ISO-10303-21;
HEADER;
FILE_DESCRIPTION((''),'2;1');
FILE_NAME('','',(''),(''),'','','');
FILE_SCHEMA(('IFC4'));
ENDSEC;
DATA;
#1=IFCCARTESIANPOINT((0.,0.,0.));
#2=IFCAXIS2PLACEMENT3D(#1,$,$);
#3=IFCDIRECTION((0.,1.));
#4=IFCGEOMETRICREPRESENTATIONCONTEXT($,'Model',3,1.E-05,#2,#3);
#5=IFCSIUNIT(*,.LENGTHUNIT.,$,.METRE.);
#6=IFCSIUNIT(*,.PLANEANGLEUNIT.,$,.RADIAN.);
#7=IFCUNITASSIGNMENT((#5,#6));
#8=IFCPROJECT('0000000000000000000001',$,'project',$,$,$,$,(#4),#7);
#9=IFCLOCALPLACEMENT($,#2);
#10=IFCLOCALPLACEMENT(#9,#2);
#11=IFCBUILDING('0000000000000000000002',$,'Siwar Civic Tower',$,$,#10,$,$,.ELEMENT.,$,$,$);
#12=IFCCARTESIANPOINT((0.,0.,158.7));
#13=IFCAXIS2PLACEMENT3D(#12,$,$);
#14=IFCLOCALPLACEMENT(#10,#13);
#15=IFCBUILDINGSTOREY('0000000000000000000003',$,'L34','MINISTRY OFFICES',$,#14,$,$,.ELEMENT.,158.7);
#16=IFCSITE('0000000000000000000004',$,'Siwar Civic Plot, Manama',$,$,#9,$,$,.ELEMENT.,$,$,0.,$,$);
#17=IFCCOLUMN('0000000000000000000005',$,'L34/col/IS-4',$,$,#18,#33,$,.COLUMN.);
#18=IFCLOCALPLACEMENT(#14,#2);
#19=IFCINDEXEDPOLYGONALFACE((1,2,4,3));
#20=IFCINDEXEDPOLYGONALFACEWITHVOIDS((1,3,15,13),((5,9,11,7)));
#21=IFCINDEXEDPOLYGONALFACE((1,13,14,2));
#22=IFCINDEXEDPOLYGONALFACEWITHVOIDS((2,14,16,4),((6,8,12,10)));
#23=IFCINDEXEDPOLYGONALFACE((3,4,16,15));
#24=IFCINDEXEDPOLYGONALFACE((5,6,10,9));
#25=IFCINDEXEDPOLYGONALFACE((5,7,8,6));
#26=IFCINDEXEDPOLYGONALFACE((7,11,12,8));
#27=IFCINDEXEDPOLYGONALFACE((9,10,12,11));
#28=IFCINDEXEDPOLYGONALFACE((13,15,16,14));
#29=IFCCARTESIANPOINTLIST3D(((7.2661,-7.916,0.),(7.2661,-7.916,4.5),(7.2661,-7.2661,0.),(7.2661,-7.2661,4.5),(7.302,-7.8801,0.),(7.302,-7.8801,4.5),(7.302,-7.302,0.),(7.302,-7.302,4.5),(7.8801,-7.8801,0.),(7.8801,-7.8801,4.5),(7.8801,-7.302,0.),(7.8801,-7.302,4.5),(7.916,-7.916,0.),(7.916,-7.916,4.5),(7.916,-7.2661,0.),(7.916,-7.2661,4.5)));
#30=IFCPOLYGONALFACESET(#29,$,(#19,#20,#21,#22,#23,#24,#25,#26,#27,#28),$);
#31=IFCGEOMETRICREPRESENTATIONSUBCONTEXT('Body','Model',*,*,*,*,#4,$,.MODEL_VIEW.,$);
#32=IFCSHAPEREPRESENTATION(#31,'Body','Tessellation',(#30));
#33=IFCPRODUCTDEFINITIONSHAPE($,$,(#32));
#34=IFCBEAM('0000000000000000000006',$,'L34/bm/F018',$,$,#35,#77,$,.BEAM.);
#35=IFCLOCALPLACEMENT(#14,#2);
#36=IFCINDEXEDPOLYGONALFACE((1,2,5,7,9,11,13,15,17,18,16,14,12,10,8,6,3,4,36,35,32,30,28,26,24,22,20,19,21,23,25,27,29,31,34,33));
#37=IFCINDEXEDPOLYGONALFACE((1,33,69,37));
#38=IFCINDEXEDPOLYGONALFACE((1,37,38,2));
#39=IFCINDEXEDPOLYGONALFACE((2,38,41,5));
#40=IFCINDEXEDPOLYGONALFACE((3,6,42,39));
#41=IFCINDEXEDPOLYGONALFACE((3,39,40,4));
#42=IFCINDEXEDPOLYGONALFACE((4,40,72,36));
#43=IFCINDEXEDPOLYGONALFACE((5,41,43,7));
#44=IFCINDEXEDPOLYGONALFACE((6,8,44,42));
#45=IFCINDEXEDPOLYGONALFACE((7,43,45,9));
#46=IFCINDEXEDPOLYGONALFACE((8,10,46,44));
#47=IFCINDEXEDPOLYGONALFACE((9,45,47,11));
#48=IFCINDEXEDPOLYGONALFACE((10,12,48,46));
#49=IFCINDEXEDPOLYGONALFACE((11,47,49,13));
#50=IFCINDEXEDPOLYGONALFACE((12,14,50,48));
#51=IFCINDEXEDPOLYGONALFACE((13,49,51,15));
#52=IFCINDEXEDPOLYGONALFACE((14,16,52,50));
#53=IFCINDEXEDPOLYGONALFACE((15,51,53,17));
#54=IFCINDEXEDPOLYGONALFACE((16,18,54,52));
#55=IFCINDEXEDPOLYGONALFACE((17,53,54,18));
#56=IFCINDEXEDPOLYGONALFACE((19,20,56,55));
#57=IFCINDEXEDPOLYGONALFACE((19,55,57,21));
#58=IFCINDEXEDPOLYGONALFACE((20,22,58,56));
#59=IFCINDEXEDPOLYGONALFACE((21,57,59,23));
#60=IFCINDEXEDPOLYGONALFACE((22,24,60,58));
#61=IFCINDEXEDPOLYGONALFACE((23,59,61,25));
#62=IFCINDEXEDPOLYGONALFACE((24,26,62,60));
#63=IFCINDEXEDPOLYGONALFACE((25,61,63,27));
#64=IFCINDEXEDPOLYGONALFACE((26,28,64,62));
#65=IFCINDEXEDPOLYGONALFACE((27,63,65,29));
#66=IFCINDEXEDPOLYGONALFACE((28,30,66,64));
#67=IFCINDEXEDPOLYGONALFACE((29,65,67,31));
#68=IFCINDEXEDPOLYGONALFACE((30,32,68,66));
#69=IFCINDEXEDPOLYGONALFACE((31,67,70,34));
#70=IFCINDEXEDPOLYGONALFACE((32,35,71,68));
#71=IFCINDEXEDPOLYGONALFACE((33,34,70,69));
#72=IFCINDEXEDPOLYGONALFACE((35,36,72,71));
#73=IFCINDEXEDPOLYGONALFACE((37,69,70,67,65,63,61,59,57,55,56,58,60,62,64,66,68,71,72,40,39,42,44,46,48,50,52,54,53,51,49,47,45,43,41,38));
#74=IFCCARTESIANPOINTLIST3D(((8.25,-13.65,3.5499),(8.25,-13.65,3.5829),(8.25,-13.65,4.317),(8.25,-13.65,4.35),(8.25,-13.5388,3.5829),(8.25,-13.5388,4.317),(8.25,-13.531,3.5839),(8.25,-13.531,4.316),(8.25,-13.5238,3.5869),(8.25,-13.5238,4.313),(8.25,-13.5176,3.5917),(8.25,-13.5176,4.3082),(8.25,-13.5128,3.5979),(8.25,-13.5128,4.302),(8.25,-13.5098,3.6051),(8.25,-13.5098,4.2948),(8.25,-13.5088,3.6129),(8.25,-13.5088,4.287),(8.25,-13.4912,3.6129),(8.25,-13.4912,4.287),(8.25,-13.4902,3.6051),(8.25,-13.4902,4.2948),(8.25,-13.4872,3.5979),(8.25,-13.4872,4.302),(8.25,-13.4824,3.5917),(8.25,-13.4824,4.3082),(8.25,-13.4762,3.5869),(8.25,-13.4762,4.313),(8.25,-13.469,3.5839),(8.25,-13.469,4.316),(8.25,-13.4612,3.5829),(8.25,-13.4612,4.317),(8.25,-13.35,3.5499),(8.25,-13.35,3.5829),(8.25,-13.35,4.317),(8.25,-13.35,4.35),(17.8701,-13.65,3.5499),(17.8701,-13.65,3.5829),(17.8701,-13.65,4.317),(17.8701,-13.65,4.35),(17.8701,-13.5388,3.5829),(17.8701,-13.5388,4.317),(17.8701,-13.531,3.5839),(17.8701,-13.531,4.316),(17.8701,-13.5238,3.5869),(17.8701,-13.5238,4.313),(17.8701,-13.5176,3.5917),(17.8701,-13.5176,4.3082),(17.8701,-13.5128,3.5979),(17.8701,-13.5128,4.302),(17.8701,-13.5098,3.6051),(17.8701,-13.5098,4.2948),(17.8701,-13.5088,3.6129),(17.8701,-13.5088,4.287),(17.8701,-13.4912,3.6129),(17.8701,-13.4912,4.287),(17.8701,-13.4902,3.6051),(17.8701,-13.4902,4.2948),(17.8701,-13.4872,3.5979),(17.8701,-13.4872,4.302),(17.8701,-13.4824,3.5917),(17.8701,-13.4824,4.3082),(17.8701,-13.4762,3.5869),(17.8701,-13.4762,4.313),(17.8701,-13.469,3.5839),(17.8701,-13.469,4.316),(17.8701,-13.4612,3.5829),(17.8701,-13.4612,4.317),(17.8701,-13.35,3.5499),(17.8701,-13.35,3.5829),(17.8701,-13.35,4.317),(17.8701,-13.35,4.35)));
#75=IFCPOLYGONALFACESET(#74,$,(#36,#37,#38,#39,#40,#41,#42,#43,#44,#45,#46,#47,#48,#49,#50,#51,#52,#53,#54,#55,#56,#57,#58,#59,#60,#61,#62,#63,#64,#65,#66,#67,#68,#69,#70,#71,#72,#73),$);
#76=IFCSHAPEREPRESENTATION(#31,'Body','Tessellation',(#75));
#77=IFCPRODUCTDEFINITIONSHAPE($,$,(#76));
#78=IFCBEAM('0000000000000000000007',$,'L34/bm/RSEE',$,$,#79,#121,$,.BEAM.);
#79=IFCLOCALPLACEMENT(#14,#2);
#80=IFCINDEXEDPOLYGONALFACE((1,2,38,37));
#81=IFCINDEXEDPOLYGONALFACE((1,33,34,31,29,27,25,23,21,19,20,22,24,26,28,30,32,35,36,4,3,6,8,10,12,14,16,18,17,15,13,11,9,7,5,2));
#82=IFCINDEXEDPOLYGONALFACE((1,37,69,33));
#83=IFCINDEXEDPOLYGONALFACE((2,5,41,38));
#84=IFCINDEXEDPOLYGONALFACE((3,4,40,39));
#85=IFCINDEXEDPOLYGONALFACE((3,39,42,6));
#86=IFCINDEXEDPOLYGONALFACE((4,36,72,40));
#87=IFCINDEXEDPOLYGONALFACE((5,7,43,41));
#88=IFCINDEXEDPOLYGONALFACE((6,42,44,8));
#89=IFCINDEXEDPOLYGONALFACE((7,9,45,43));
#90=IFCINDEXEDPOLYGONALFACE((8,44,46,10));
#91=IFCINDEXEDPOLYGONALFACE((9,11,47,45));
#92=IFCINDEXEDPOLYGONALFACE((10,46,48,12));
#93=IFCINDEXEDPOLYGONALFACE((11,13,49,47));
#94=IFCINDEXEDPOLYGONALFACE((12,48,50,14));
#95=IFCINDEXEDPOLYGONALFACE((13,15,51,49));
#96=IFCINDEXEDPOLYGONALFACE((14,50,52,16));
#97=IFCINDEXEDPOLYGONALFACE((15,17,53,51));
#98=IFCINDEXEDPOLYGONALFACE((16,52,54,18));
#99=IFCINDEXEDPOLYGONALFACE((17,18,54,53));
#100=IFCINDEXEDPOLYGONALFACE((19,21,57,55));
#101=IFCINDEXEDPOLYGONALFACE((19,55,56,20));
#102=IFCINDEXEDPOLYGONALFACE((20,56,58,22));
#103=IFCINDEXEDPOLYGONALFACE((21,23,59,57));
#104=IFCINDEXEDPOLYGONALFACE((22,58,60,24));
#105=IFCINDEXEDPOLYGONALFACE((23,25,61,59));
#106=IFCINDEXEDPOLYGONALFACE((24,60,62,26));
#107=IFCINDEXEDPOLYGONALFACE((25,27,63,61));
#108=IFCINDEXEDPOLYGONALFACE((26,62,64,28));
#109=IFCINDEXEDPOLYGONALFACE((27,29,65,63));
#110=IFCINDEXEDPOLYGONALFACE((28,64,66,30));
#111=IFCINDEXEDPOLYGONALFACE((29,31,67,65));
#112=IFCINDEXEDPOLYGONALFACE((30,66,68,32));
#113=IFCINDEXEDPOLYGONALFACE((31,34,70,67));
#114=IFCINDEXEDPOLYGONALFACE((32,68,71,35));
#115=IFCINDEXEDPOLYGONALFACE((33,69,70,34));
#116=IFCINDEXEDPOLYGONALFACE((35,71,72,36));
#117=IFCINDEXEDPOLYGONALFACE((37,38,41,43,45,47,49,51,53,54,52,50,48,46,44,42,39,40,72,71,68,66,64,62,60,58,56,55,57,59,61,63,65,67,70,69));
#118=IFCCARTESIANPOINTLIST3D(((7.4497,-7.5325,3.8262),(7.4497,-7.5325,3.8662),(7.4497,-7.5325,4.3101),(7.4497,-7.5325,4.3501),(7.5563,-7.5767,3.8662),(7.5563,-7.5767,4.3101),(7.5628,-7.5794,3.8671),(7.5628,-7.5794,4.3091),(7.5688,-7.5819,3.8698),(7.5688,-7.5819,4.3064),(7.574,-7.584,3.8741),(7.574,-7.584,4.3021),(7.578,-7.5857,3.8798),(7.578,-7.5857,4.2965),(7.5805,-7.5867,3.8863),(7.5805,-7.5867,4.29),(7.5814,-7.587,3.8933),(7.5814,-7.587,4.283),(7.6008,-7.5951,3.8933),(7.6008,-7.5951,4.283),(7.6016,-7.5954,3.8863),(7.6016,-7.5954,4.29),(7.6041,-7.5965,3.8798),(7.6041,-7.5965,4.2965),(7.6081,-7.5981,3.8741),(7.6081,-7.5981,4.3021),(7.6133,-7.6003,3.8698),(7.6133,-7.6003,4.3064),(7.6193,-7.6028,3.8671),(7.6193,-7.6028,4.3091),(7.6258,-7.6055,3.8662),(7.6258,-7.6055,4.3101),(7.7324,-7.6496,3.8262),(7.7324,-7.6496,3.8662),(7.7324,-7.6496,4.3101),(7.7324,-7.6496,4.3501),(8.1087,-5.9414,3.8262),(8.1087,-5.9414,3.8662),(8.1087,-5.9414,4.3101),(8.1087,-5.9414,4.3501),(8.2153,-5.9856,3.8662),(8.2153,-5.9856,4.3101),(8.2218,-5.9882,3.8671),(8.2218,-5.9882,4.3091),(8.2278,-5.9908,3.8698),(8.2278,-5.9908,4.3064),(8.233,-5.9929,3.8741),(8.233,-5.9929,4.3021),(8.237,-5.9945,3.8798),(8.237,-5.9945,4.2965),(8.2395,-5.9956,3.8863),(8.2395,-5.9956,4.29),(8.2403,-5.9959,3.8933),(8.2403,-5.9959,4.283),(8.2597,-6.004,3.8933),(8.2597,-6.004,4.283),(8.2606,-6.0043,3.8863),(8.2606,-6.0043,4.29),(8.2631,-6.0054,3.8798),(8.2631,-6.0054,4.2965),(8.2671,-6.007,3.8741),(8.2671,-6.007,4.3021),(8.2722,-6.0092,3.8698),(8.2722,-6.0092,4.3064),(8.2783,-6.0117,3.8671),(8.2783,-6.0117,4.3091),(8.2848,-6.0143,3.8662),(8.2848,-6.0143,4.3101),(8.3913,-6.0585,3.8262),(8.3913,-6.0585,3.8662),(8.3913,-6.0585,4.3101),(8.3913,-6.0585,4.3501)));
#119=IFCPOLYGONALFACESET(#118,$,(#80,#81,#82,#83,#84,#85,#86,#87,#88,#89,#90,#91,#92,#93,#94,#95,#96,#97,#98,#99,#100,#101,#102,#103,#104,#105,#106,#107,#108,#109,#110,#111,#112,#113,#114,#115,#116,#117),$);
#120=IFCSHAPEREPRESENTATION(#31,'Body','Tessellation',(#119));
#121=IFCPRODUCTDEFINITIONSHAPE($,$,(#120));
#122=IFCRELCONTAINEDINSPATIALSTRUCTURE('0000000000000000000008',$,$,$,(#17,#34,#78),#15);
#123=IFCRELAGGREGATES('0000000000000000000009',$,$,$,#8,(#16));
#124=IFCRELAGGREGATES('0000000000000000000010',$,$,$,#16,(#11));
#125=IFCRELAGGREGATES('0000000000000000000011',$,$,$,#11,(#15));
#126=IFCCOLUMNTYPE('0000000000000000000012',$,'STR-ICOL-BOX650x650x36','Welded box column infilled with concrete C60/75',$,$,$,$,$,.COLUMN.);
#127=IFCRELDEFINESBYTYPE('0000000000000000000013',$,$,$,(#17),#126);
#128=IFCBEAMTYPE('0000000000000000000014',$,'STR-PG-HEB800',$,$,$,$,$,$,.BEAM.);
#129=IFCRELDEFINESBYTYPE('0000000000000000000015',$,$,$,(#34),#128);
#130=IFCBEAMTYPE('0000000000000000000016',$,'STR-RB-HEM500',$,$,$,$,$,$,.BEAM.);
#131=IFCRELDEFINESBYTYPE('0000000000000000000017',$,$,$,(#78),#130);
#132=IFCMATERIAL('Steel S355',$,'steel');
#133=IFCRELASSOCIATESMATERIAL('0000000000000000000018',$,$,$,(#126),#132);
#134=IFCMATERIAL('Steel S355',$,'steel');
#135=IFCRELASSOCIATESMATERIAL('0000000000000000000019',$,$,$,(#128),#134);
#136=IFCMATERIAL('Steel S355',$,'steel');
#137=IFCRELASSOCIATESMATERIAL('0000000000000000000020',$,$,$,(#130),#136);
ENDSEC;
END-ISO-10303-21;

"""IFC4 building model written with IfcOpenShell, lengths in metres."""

from ifc_helpers import new_model, si_unit, direction, frame, origin, origin_2d, place, context, subcontext, project, spatial, hollow_rectangle, i_section, extrude, material, material_profile, profile_set, type_object, element, save


model = new_model("IFC4")

# Units and contexts
model_context = context("Model", 3, precision=1e-05, world=origin(), true_north=direction((0.0, 1.0)))
body_context = subcontext(model_context, "Body", "Model", "MODEL_VIEW")
ifc_project = project(units=[si_unit("LENGTHUNIT", "METRE"), si_unit("PLANEANGLEUNIT", "RADIAN")], contexts=[model_context])

# Site, building, storey
site_placement = place(None, origin())
site = spatial("IfcSite", under=ifc_project, at=site_placement, Name="Siwar Civic Plot, Manama", CompositionType="ELEMENT", RefElevation=0.0)
building_placement = place(site_placement, origin())
building = spatial("IfcBuilding", under=site, at=building_placement, Name="Siwar Civic Tower", CompositionType="ELEMENT")
storey_placement = place(building_placement, frame((0.0, 0.0, 158.7)))
storey = spatial("IfcBuildingStorey", under=building, at=storey_placement, Name="L34", Description="MINISTRY OFFICES", CompositionType="ELEMENT", Elevation=158.7)

# Column
ifc_material_1 = material(Name="Steel S355", Category="steel")
ifc_material_profile_1 = material_profile(ifc_material_1, hollow_rectangle(XDim=0.6499, YDim=0.6499, WallThickness=0.0359, at=origin_2d()), Name="BOX650x650x36")
ifc_profile_set_1 = profile_set([ifc_material_profile_1], Name="Steel S355")
column_type = type_object("IfcColumnType", Name="STR-ICOL-BOX650x650x36", Description="Welded box column infilled with concrete C60/75", PredefinedType="COLUMN", material=ifc_profile_set_1)
column_placement = place(storey_placement, frame((7.5911, -7.5911, 0.0), z_axis=(0.0, 0.0, 1.0), x_axis=(1.0, 0.0, 0.0)))
element("IfcColumn", 1, at=column_placement, inside=storey, type_object=column_type, Name="L34/col/IS-4", PredefinedType="COLUMN", context=body_context, shape_type="SweptSolid", body=[
    extrude(hollow_rectangle(XDim=0.6499, YDim=0.6499, WallThickness=0.0359, at=origin_2d()), origin(), (0.0, 0.0, 1.0), 4.5),
])

# Beams
ifc_material_2 = material(Name="Steel S355", Category="steel")
ifc_material_profile_2 = material_profile(ifc_material_2, i_section(OverallWidth=0.3, OverallDepth=0.8, WebThickness=0.0176, FlangeThickness=0.033, FilletRadius=0.03, at=origin_2d()), Name="HEB800")
ifc_profile_set_2 = profile_set([ifc_material_profile_2], Name="Steel S355")
beam_type_1 = type_object("IfcBeamType", Name="STR-PG-HEB800", PredefinedType="BEAM", material=ifc_profile_set_2)
beam_1_placement = place(storey_placement, frame((8.25, -13.5, 3.95), z_axis=(1.0, 0.0, 0.0), x_axis=(0.0, 1.0, 0.0)))
element("IfcBeam", 2, at=beam_1_placement, inside=storey, type_object=beam_type_1, Name="L34/bm/F018", PredefinedType="BEAM", context=body_context, shape_type="SweptSolid", body=[
    extrude(i_section(OverallWidth=0.3, OverallDepth=0.8, WebThickness=0.0176, FlangeThickness=0.033, FilletRadius=0.03, at=origin_2d()), origin(), (0.0, 0.0, 1.0), 9.6201),
])
ifc_material_3 = material(Name="Steel S355", Category="steel")
ifc_material_profile_3 = material_profile(ifc_material_3, i_section(OverallWidth=0.3059, OverallDepth=0.5239, WebThickness=0.021, FlangeThickness=0.04, FilletRadius=0.0271, at=origin_2d()), Name="HEM500")
ifc_profile_set_3 = profile_set([ifc_material_profile_3], Name="Steel S355")
beam_type_2 = type_object("IfcBeamType", Name="STR-RB-HEM500", PredefinedType="BEAM", material=ifc_profile_set_3)
beam_2_placement = place(storey_placement, frame((7.5911, -7.5911, 4.0881), z_axis=(0.382631, 0.923901, 0.0), x_axis=(-0.923901, 0.382631, 0.0)))
element("IfcBeam", 3, at=beam_2_placement, inside=storey, type_object=beam_type_2, Name="L34/bm/RSEE", PredefinedType="BEAM", context=body_context, shape_type="SweptSolid", body=[
    extrude(i_section(OverallWidth=0.3059, OverallDepth=0.5239, WebThickness=0.021, FlangeThickness=0.04, FilletRadius=0.0271, at=origin_2d()), origin(), (0.0, 0.0, 1.0), 1.7222),
])

save(model, "model.ifc")
